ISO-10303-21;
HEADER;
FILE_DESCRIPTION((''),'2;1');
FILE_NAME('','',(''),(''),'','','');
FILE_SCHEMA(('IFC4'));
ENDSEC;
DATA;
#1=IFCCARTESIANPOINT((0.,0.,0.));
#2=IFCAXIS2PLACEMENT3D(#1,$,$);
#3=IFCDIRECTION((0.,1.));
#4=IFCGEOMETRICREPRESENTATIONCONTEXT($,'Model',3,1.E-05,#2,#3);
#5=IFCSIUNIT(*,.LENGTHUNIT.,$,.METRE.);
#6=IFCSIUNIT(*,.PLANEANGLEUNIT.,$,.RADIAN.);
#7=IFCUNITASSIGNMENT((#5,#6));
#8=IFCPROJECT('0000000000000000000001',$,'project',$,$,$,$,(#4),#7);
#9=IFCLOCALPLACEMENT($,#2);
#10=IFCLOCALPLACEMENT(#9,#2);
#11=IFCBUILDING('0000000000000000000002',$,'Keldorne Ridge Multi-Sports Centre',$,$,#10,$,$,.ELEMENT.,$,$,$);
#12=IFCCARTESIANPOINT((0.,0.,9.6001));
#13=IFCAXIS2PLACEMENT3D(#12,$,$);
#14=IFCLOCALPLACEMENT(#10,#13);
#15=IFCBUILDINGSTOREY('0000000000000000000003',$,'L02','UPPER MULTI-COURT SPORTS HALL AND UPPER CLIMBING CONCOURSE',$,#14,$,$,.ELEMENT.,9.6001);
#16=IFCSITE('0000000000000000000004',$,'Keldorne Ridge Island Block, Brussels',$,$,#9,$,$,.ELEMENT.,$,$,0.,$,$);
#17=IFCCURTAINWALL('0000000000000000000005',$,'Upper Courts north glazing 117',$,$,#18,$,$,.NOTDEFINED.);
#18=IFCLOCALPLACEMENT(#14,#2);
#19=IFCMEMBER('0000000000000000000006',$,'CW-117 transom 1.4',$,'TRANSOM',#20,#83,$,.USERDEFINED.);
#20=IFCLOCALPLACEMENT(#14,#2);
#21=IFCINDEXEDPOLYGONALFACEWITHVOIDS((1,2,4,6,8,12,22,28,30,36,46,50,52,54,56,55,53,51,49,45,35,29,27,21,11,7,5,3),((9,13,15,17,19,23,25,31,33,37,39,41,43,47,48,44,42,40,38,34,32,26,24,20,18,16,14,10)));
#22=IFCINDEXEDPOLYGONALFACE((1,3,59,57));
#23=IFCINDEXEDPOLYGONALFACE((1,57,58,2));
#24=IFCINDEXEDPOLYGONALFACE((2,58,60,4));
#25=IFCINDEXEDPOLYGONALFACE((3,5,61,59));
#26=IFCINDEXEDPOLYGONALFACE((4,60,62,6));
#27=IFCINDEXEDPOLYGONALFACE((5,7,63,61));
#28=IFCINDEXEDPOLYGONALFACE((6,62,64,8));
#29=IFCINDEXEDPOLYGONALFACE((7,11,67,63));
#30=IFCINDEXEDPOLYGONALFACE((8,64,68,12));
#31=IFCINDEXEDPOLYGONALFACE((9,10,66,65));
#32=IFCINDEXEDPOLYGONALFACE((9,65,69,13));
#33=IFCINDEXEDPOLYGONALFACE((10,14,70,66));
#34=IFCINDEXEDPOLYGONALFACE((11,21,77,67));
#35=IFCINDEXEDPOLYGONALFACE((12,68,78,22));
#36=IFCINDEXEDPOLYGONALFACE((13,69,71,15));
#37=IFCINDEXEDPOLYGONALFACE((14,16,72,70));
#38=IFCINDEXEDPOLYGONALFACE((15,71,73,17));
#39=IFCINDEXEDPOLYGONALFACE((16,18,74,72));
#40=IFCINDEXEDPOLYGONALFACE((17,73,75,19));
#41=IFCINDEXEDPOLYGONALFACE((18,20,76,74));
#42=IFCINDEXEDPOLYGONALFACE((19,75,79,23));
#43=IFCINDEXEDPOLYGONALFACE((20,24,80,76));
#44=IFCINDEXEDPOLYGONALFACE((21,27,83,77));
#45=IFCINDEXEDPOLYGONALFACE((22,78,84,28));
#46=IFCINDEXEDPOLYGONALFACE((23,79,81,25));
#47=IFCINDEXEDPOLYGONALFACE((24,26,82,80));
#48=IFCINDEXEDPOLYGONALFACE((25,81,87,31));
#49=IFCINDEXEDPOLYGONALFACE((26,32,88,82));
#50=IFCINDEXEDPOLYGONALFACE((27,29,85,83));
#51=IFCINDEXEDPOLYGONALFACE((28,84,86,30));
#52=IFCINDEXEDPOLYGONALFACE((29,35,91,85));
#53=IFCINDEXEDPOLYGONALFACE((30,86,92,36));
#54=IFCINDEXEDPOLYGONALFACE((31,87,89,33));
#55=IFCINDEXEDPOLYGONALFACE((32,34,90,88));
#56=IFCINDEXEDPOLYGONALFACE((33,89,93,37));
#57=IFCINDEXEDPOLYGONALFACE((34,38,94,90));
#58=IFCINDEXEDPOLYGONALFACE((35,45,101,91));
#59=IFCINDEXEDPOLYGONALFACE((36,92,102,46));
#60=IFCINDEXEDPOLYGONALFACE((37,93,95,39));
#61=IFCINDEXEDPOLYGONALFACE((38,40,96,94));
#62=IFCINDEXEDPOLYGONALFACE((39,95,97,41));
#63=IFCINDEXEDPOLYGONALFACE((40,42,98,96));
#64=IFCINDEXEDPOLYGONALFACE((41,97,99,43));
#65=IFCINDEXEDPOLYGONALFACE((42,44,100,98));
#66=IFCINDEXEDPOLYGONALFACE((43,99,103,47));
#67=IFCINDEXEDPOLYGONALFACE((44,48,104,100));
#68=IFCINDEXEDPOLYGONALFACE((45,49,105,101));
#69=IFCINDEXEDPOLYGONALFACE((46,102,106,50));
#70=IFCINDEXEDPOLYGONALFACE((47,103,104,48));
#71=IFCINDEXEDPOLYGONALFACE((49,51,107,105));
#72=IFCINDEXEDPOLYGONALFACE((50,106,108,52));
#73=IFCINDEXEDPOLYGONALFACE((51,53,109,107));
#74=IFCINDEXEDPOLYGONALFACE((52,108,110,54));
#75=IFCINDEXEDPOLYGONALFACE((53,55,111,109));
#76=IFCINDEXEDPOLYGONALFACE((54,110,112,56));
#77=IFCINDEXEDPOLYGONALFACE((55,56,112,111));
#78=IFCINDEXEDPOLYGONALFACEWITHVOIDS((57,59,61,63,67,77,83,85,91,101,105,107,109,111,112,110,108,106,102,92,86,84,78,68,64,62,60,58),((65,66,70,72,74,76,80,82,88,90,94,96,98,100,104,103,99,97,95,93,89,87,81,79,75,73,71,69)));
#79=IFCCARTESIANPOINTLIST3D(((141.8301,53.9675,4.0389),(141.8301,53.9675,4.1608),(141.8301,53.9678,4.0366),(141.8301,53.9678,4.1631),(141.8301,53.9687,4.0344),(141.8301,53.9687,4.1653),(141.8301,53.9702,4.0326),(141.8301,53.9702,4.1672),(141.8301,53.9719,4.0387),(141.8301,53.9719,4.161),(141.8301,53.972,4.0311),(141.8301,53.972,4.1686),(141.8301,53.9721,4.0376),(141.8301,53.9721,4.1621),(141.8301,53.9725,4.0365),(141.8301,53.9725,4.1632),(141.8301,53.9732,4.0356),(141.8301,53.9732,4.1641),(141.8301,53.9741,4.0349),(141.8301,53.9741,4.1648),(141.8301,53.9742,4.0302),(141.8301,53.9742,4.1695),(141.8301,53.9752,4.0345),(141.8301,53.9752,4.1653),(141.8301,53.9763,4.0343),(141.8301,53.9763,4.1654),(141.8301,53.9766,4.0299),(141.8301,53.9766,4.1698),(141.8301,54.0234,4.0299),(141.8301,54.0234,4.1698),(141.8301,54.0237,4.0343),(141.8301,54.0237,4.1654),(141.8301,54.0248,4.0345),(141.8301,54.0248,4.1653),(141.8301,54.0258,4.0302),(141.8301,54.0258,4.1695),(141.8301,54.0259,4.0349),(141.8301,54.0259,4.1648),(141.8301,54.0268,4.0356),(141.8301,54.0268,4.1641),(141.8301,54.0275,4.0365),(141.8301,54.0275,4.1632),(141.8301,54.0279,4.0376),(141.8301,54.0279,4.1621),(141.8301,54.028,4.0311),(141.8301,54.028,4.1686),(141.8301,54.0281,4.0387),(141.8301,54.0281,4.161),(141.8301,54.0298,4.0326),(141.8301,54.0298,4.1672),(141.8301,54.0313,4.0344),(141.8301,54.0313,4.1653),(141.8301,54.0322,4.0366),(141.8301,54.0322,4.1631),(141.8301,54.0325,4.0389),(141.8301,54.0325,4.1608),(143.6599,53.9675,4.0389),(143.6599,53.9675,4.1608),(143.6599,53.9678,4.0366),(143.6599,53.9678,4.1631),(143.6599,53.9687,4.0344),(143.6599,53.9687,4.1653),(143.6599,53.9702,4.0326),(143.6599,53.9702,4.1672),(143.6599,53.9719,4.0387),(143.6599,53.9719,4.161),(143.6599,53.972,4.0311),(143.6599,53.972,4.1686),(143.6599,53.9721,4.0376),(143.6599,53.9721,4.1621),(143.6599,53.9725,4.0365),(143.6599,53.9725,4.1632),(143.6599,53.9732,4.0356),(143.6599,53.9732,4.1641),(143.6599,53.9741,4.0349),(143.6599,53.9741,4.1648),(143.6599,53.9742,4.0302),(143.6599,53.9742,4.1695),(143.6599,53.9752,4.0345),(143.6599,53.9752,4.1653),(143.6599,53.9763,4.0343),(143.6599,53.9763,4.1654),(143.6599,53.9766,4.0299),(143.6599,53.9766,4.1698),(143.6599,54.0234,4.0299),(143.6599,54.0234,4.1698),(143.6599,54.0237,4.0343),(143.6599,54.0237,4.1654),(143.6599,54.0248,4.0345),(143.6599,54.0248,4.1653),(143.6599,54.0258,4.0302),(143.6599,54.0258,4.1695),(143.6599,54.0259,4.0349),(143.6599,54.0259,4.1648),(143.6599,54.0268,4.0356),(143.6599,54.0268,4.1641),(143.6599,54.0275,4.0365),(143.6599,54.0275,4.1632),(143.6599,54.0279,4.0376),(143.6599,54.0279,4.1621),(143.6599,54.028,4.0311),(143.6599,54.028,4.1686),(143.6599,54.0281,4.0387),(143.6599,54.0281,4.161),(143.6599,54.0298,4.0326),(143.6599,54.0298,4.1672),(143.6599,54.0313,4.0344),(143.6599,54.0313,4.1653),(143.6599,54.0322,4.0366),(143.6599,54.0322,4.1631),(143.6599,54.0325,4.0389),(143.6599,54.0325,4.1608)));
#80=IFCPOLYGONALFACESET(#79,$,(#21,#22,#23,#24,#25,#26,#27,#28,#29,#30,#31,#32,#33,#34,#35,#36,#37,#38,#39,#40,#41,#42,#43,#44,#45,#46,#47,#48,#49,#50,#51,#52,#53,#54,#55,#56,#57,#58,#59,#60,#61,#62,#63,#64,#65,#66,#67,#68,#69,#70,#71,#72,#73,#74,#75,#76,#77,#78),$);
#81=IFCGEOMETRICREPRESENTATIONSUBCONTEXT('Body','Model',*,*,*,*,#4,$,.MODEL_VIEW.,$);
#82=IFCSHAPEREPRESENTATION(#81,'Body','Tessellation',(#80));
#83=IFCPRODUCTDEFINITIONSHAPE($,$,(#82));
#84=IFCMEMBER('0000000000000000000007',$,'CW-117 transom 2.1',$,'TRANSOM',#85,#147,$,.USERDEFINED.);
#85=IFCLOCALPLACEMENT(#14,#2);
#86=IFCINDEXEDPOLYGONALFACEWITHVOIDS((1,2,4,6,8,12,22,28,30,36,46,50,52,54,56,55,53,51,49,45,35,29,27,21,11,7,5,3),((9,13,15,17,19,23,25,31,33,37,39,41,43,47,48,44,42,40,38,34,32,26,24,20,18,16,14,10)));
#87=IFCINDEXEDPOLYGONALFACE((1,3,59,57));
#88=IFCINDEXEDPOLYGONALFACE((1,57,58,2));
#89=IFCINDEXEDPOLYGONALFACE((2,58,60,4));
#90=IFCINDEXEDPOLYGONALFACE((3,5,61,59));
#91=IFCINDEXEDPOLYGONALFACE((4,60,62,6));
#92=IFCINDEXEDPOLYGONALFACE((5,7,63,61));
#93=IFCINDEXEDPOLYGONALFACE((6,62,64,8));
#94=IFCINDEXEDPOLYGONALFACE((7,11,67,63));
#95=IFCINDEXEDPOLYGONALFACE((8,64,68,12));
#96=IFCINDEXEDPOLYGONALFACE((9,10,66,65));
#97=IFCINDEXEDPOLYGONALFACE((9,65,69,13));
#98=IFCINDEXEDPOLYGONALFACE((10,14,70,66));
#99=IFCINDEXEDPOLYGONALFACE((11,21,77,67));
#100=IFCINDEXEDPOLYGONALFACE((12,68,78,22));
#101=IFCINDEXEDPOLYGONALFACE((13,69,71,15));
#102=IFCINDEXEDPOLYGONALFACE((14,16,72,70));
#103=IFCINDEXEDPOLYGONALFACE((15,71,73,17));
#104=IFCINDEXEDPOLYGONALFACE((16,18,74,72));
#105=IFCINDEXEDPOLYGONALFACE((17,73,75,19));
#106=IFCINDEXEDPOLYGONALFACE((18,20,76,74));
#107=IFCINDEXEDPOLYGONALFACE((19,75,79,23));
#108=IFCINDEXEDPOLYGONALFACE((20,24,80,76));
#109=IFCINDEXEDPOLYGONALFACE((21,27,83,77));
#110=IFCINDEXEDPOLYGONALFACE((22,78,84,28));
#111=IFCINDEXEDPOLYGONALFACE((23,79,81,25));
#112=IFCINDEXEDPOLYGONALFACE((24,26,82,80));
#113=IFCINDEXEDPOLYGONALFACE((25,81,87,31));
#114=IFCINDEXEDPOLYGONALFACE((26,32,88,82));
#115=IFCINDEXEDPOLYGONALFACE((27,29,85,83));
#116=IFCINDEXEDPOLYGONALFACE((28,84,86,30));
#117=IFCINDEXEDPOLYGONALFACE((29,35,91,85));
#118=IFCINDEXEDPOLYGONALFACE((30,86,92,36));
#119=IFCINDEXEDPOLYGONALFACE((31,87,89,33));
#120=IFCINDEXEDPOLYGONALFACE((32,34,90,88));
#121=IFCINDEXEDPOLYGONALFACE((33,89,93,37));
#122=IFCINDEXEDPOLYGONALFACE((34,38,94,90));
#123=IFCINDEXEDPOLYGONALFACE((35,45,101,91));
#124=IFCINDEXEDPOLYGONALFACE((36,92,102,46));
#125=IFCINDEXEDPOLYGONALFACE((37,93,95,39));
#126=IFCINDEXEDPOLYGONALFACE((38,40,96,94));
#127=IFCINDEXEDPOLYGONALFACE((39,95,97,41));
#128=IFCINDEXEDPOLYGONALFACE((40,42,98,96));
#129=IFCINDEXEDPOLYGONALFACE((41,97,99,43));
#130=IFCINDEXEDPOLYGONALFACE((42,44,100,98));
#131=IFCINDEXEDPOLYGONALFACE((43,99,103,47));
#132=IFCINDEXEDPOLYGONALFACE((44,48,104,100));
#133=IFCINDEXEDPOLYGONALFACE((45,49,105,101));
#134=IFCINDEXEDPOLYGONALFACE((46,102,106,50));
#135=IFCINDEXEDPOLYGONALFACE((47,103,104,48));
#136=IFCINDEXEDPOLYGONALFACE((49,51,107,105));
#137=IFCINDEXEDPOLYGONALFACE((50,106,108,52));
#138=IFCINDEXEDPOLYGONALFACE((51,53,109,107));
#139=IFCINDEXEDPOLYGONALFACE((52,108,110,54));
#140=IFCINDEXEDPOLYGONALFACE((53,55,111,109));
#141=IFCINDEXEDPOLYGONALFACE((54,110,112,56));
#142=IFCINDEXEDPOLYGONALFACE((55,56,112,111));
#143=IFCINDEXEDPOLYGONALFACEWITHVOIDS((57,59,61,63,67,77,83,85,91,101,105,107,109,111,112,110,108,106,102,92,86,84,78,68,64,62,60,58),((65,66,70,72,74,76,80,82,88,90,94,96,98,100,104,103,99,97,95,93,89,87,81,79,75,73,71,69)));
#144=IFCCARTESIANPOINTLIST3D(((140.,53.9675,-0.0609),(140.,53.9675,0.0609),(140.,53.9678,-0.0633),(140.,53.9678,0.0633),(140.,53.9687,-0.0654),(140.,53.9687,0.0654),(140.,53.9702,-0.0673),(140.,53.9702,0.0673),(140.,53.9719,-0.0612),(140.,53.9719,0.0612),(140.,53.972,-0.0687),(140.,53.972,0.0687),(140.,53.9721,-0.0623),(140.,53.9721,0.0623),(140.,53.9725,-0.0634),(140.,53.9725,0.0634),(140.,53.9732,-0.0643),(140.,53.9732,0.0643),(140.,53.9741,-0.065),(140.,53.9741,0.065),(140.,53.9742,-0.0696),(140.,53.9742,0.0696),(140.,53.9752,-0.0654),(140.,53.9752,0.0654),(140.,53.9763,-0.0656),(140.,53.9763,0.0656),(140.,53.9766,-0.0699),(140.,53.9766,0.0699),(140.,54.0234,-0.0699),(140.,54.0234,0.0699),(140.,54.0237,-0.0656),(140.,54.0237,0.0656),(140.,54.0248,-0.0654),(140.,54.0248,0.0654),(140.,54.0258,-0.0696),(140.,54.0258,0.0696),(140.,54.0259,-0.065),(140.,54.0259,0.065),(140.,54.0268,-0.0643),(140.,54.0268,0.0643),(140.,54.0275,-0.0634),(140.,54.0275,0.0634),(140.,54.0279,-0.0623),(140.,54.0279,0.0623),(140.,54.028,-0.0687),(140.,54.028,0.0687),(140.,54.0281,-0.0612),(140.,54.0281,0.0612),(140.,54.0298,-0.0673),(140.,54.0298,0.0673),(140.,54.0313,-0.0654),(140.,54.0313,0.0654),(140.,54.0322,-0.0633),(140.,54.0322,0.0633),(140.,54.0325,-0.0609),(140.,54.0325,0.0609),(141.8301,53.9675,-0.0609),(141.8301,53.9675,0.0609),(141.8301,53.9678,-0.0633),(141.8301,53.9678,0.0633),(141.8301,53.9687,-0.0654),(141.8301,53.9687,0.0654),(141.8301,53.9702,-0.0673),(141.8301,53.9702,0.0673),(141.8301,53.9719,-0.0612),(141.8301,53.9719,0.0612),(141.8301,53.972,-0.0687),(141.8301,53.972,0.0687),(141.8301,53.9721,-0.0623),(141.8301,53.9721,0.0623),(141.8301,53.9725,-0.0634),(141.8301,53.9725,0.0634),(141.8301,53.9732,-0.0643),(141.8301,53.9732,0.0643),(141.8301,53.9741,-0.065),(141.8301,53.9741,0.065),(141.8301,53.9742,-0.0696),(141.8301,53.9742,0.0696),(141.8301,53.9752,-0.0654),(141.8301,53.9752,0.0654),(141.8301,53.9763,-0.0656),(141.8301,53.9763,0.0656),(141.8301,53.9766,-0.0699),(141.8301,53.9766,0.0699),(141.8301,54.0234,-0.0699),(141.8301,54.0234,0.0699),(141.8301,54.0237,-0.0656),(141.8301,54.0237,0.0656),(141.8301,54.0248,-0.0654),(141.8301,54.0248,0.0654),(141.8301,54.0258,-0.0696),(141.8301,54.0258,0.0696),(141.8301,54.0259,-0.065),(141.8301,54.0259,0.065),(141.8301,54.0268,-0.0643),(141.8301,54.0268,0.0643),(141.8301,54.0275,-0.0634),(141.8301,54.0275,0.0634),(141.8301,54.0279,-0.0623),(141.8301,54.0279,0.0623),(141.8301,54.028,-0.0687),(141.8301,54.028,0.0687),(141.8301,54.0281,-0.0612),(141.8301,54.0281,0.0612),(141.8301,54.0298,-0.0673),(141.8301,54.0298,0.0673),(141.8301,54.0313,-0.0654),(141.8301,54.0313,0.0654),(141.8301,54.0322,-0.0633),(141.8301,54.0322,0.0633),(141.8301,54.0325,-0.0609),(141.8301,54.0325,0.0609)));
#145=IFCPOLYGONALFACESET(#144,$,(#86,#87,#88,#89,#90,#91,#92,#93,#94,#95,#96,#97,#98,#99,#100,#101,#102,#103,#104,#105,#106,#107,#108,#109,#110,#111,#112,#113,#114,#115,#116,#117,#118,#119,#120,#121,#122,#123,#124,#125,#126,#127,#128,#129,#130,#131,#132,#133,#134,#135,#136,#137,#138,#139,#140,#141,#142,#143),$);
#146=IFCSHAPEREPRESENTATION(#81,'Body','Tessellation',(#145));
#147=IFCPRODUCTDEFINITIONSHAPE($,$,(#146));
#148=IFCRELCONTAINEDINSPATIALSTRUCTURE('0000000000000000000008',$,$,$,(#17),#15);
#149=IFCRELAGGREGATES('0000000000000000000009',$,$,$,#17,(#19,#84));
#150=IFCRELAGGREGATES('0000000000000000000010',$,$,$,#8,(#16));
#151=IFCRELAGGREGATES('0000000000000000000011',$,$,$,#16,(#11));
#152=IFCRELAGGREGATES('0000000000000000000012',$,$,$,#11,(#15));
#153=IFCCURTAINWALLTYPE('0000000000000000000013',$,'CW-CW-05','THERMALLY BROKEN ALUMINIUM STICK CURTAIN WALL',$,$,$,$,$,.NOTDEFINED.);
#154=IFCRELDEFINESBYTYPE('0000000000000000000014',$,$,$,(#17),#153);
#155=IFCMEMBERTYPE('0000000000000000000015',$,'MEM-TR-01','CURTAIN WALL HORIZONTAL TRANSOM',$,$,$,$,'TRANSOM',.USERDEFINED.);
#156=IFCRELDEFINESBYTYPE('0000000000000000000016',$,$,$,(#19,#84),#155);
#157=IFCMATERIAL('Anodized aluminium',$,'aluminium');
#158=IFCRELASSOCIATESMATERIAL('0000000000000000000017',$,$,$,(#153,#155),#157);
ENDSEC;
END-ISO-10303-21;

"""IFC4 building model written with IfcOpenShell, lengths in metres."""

from ifc_helpers import new_model, si_unit, direction, frame, origin, origin_2d, place, context, subcontext, project, spatial, hollow_rectangle, extrude, material, material_profile, profile_set, type_object, element, aggregate, save


model = new_model("IFC4")

# Units and contexts
model_context = context("Model", 3, precision=1e-05, world=origin(), true_north=direction((0.0, 1.0)))
body_context = subcontext(model_context, "Body", "Model", "MODEL_VIEW")
ifc_project = project(units=[si_unit("LENGTHUNIT", "METRE"), si_unit("PLANEANGLEUNIT", "RADIAN")], contexts=[model_context])

# Site, building, storey
site_placement = place(None, origin())
site = spatial("IfcSite", under=ifc_project, at=site_placement, Name="Keldorne Ridge Island Block, Brussels", CompositionType="ELEMENT", RefElevation=0.0)
building_placement = place(site_placement, origin())
building = spatial("IfcBuilding", under=site, at=building_placement, Name="Keldorne Ridge Multi-Sports Centre", CompositionType="ELEMENT")
storey_placement = place(building_placement, frame((0.0, 0.0, 9.6001)))
storey = spatial("IfcBuildingStorey", under=building, at=storey_placement, Name="L02", Description="UPPER MULTI-COURT SPORTS HALL AND UPPER CLIMBING CONCOURSE", CompositionType="ELEMENT", Elevation=9.6001)

# Curtain wall
ifc_material_1 = material(Name="Anodized aluminium", Category="aluminium")
curtain_wall_type_1 = type_object("IfcCurtainWallType", Name="CW-CW-05", Description="THERMALLY BROKEN ALUMINIUM STICK CURTAIN WALL", PredefinedType="NOTDEFINED", material=ifc_material_1)
curtain_wall_1_placement = place(storey_placement, origin())
curtain_wall_1 = element("IfcCurtainWall", 1, at=curtain_wall_1_placement, inside=storey, type_object=curtain_wall_type_1, Name="Upper Courts north glazing 117", PredefinedType="NOTDEFINED")

# Members
ifc_material_profile_1 = material_profile(ifc_material_1, hollow_rectangle(XDim=0.0649, YDim=0.1399, WallThickness=0.0044, InnerFilletRadius=0.0044, OuterFilletRadius=0.009, at=origin_2d()), Name="ALU TRANSOM 140x65x4.5")
ifc_profile_set_1 = profile_set([ifc_material_profile_1], Name="Anodized aluminium")
member_type_1 = type_object("IfcMemberType", Name="MEM-TR-01", Description="CURTAIN WALL HORIZONTAL TRANSOM", ElementType="TRANSOM", PredefinedType="USERDEFINED", material=ifc_profile_set_1)
member_1_placement = place(storey_placement, frame((143.6599, 54.0, 4.0999), z_axis=(-1.0, 0.0, 0.0), x_axis=(0.0, -1.0, 0.0)))
member_1 = element("IfcMember", 2, at=member_1_placement, type_object=member_type_1, Name="CW-117 transom 1.4", ObjectType="TRANSOM", PredefinedType="USERDEFINED", context=body_context, shape_type="SweptSolid", body=[
    extrude(hollow_rectangle(XDim=0.0649, YDim=0.1399, WallThickness=0.0044, InnerFilletRadius=0.0044, OuterFilletRadius=0.009, at=origin_2d()), origin(), (0.0, 0.0, 1.0), 1.8298),
])
member_2_placement = place(storey_placement, frame((141.8301, 54.0, 0.0), z_axis=(-1.0, 0.0, 0.0), x_axis=(0.0, -1.0, 0.0)))
member_2 = element("IfcMember", 3, at=member_2_placement, type_object=member_type_1, Name="CW-117 transom 2.1", ObjectType="TRANSOM", PredefinedType="USERDEFINED", context=body_context, shape_type="SweptSolid", body=[
    extrude(hollow_rectangle(XDim=0.0649, YDim=0.1399, WallThickness=0.0044, InnerFilletRadius=0.0044, OuterFilletRadius=0.009, at=origin_2d()), origin(), (0.0, 0.0, 1.0), 1.8301),
])

aggregate(curtain_wall_1, [member_1, member_2])

save(model, "model.ifc")
